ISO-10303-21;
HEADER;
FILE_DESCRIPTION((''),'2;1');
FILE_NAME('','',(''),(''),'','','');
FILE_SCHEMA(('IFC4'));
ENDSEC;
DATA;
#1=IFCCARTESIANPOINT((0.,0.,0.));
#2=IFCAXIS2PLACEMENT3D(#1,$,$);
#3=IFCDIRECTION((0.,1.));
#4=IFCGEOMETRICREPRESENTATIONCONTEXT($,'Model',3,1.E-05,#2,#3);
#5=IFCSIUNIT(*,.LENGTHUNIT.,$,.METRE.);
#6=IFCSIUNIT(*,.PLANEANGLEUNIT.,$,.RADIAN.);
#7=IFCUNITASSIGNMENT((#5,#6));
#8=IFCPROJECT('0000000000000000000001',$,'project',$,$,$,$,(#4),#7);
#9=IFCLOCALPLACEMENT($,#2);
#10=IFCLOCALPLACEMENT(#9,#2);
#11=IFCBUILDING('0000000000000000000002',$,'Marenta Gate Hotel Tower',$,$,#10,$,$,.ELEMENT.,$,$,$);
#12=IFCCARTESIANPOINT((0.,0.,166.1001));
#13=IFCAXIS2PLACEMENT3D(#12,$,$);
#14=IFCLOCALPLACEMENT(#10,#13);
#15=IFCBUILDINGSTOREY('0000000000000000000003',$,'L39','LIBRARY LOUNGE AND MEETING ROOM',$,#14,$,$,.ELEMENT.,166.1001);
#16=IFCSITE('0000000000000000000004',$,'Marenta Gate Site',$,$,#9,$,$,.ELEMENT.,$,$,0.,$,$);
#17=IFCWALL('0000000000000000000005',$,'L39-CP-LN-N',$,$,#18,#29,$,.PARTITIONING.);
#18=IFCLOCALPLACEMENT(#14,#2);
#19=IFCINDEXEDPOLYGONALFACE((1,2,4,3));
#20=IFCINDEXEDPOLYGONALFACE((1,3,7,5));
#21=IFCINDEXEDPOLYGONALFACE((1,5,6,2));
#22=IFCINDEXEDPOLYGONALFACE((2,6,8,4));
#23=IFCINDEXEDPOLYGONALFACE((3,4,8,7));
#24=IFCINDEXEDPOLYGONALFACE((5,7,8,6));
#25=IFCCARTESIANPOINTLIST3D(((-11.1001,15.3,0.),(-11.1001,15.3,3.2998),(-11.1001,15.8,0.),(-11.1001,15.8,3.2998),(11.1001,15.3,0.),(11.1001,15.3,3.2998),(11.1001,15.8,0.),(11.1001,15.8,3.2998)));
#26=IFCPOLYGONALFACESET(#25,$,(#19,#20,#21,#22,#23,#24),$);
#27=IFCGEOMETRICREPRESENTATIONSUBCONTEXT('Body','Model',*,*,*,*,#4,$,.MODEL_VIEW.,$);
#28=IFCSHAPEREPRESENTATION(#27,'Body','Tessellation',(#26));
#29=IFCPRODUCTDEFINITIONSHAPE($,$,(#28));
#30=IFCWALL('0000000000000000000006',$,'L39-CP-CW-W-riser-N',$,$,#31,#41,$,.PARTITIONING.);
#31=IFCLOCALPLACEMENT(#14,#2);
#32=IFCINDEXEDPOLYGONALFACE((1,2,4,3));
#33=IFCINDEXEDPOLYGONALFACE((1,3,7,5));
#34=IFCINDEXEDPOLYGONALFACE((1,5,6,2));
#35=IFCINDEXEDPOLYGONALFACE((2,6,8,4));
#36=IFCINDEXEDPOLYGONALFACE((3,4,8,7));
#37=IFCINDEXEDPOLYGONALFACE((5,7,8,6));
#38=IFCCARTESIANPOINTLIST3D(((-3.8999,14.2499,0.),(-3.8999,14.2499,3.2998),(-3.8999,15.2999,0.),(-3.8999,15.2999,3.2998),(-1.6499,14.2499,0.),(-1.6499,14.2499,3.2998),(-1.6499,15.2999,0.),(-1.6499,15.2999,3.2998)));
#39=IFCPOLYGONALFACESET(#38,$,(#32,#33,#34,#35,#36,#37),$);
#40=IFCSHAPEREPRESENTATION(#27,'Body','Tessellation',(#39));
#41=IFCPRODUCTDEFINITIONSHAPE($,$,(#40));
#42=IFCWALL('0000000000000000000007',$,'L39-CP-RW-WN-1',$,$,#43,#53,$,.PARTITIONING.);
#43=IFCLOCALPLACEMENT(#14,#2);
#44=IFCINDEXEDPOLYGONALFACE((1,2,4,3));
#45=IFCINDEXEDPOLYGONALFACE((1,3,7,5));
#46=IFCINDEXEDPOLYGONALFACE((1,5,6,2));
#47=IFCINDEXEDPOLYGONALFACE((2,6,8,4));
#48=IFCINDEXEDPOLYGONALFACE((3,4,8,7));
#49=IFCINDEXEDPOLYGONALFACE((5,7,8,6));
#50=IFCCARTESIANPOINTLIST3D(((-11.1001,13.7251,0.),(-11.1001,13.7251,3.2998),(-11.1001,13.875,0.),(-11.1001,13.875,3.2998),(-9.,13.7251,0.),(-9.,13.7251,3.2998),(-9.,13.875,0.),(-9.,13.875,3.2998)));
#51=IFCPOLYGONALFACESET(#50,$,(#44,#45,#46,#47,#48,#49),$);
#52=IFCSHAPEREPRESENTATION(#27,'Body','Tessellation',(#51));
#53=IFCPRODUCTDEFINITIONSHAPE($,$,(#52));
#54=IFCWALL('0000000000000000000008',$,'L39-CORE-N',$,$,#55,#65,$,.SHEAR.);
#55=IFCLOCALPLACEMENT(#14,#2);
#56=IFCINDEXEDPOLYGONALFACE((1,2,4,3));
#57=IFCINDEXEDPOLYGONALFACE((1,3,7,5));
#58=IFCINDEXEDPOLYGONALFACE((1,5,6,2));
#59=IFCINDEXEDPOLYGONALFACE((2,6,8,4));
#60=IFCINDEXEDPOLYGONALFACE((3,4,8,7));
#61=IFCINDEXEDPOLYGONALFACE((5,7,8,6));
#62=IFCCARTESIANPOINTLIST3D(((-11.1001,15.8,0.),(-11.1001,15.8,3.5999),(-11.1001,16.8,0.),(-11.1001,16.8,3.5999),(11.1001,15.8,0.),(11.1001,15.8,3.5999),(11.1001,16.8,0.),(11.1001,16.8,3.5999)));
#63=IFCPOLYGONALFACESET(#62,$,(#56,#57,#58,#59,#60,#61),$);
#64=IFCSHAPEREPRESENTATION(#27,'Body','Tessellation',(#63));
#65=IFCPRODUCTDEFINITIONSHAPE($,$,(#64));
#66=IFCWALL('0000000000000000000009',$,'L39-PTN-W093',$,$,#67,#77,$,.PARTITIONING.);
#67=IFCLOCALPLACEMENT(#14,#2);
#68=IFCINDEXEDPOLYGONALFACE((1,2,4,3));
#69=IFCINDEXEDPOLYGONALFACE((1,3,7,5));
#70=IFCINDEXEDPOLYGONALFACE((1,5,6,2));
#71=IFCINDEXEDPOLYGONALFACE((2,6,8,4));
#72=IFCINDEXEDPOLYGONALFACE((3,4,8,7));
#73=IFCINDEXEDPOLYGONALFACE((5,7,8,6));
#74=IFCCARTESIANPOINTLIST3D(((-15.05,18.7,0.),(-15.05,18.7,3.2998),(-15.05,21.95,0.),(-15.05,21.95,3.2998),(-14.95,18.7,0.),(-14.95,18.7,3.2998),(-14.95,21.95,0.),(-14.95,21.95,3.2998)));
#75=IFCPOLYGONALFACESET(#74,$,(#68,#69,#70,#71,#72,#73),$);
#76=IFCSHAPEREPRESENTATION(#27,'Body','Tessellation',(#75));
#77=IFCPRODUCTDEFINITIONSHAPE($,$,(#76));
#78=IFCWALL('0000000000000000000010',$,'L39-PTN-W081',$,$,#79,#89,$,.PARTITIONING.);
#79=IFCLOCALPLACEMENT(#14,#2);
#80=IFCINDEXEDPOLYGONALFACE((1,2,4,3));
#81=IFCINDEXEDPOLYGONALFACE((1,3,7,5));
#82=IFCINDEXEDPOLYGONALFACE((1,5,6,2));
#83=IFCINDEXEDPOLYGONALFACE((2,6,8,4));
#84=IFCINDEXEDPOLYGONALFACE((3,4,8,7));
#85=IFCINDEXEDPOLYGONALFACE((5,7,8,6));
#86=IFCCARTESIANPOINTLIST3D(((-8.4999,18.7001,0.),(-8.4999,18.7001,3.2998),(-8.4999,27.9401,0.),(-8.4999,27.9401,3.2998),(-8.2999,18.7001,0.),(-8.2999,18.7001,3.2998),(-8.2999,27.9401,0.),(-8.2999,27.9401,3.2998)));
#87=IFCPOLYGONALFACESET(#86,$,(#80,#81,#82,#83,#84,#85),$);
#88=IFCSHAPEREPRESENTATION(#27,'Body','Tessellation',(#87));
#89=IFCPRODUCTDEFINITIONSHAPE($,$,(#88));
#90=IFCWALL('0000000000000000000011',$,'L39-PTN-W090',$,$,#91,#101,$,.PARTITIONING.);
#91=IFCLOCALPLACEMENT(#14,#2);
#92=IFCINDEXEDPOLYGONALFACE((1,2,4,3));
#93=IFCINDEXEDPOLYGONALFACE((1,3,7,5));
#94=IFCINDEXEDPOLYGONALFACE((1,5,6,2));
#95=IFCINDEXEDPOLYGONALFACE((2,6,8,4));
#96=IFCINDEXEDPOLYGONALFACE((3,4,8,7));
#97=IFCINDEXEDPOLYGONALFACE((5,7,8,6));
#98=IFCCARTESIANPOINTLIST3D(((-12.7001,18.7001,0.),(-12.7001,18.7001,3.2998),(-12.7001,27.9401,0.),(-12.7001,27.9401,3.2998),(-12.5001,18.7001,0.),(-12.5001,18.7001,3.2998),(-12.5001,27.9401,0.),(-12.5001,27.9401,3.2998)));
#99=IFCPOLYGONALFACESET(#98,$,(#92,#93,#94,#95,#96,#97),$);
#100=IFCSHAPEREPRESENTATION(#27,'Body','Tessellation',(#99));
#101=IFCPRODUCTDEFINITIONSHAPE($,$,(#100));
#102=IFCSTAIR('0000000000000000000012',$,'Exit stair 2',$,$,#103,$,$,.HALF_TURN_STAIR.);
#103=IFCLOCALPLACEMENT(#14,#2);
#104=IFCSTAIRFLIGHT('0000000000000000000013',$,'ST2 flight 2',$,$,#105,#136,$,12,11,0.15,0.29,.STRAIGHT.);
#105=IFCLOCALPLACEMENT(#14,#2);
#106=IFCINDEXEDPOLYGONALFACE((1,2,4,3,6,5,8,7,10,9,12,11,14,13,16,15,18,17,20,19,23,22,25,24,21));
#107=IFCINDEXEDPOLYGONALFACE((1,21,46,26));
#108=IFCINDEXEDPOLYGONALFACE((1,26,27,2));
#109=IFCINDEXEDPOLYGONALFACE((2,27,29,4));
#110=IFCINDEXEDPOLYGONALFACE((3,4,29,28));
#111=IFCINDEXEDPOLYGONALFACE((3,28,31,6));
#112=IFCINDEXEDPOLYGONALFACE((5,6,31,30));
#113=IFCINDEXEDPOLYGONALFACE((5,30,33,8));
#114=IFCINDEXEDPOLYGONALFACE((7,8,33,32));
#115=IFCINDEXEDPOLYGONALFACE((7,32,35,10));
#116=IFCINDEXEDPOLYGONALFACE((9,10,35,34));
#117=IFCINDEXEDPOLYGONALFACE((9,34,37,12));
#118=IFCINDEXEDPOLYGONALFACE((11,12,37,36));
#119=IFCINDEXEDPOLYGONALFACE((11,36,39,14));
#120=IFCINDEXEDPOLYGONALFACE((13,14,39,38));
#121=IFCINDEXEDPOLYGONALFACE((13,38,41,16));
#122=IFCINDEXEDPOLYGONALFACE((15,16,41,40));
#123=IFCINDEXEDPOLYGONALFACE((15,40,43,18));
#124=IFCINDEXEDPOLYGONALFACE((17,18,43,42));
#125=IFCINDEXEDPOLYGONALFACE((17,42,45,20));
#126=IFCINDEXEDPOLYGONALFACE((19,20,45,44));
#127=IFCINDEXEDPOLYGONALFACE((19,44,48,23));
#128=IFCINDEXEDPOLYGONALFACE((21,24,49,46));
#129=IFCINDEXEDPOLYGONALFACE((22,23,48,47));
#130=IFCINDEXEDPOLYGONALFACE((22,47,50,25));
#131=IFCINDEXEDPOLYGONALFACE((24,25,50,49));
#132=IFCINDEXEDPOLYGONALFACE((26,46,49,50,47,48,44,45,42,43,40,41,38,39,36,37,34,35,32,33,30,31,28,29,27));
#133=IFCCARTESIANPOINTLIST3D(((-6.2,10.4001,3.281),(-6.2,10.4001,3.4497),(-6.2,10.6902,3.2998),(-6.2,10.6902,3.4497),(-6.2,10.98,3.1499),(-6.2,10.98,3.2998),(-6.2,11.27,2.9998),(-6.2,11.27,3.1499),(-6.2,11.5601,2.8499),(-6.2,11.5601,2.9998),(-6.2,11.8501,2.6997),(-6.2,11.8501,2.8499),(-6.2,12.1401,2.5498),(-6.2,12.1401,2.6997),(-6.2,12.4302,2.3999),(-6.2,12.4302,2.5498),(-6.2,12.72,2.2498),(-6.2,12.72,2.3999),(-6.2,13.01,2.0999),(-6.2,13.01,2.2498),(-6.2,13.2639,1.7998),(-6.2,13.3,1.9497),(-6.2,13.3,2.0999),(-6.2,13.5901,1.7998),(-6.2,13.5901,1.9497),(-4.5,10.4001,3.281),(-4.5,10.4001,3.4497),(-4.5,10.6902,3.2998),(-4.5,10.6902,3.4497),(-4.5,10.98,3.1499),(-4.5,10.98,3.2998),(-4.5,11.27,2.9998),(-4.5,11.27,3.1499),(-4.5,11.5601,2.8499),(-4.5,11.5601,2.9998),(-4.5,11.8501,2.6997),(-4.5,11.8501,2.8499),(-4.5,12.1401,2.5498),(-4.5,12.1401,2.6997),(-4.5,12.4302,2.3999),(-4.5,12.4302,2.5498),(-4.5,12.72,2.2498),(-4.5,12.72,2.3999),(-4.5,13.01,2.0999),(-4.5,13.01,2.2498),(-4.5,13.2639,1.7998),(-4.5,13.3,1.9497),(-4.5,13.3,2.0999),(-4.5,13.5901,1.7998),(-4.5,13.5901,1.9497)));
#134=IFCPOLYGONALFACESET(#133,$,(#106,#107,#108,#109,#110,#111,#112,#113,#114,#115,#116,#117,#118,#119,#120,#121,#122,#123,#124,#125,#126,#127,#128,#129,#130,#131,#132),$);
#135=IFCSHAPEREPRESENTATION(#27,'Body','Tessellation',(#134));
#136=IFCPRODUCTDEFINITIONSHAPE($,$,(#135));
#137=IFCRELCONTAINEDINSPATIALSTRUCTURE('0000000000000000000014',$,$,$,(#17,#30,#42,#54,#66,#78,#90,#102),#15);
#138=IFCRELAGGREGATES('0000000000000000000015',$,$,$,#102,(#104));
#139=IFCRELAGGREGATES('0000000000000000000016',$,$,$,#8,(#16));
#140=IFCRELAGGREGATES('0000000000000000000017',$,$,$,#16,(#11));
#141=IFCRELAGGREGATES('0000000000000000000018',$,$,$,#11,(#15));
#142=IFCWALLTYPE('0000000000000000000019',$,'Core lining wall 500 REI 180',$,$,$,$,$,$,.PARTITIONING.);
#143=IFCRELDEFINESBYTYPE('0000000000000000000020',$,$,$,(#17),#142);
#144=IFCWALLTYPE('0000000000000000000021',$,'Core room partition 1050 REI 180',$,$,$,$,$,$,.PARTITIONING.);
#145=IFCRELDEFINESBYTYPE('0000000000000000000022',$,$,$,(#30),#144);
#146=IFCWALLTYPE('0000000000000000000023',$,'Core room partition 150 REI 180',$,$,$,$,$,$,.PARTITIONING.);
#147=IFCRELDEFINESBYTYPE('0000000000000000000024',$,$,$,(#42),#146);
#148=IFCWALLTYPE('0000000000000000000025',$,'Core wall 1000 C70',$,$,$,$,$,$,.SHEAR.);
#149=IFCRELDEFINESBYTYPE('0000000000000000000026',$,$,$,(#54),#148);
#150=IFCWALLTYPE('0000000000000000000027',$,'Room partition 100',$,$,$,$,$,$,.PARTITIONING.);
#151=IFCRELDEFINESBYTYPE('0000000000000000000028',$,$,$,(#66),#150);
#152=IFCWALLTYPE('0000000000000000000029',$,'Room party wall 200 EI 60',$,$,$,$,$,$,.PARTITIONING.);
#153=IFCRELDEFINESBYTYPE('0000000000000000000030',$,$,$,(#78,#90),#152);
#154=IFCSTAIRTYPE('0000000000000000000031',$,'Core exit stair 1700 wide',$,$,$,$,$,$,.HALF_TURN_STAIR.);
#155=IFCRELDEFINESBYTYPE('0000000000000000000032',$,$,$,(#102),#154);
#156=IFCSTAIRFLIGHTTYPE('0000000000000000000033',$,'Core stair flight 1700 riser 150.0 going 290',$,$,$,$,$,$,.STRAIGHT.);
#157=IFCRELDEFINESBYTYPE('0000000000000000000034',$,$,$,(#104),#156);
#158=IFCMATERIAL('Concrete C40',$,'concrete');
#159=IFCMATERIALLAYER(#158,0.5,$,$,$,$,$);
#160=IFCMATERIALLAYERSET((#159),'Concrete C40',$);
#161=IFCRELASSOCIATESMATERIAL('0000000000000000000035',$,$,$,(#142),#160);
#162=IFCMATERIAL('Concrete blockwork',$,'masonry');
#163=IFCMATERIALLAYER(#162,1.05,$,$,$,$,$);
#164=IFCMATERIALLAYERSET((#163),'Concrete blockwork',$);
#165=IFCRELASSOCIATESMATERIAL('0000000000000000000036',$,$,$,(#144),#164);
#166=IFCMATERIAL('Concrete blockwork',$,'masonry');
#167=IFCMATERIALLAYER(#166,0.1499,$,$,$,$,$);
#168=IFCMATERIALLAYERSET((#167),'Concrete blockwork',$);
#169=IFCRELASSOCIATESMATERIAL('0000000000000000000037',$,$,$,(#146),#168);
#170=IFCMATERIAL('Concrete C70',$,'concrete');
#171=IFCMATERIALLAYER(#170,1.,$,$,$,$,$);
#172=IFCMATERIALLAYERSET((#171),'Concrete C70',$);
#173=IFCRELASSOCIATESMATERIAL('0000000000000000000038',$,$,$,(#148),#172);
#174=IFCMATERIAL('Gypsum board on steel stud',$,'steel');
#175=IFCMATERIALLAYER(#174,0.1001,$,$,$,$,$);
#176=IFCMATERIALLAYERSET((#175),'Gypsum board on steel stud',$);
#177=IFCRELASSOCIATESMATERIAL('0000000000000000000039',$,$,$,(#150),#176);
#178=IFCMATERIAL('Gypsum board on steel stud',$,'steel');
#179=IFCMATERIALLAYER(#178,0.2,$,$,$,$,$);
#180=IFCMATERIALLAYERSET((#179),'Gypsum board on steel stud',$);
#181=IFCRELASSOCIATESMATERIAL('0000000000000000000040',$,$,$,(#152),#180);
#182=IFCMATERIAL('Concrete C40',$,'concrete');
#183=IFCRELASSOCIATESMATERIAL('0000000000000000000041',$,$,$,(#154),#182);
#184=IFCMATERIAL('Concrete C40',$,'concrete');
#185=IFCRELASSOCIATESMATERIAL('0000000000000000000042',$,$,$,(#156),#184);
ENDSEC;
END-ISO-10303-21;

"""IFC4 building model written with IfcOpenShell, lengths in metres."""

from ifc_helpers import new_model, si_unit, direction, frame, frame_2d, origin, place, context, subcontext, project, spatial, polyline, rectangle, outline, extrude, material, layer, layer_set, type_object, element, aggregate, save


model = new_model("IFC4")

# Units and contexts
model_context = context("Model", 3, precision=1e-05, world=origin(), true_north=direction((0.0, 1.0)))
body_context = subcontext(model_context, "Body", "Model", "MODEL_VIEW")
ifc_project = project(units=[si_unit("LENGTHUNIT", "METRE"), si_unit("PLANEANGLEUNIT", "RADIAN")], contexts=[model_context])

# Site, building, storey
site_placement = place(None, origin())
site = spatial("IfcSite", under=ifc_project, at=site_placement, Name="Marenta Gate Site", CompositionType="ELEMENT", RefElevation=0.0)
building_placement = place(site_placement, origin())
building = spatial("IfcBuilding", under=site, at=building_placement, Name="Marenta Gate Hotel Tower", CompositionType="ELEMENT")
storey_placement = place(building_placement, frame((0.0, 0.0, 166.1001)))
storey = spatial("IfcBuildingStorey", under=building, at=storey_placement, Name="L39", Description="LIBRARY LOUNGE AND MEETING ROOM", CompositionType="ELEMENT", Elevation=166.1001)

# Walls
ifc_material_1 = material(Name="Concrete C40", Category="concrete")
ifc_layer_1 = layer(ifc_material_1, 0.5)
ifc_layer_set_1 = layer_set([ifc_layer_1], Name="Concrete C40")
wall_type_1 = type_object("IfcWallType", Name="Core lining wall 500 REI 180", PredefinedType="PARTITIONING", material=ifc_layer_set_1)
wall_1_placement = place(storey_placement, frame((-11.1001, 15.55, 0.0), z_axis=(0.0, 0.0, 1.0), x_axis=(1.0, 0.0, 0.0)))
element("IfcWall", 1, at=wall_1_placement, inside=storey, type_object=wall_type_1, Name="L39-CP-LN-N", PredefinedType="PARTITIONING", context=body_context, shape_type="SweptSolid", body=[
    extrude(rectangle(XDim=22.2002, YDim=0.5, at=frame_2d((11.1001, 0.0))), origin(), (0.0, 0.0, 1.0), 3.2998),
])
ifc_material_2 = material(Name="Concrete blockwork", Category="masonry")
ifc_layer_2 = layer(ifc_material_2, 1.05)
ifc_layer_set_2 = layer_set([ifc_layer_2], Name="Concrete blockwork")
wall_type_2 = type_object("IfcWallType", Name="Core room partition 1050 REI 180", PredefinedType="PARTITIONING", material=ifc_layer_set_2)
wall_2_placement = place(storey_placement, frame((-3.8999, 14.7749, 0.0), z_axis=(0.0, 0.0, 1.0), x_axis=(1.0, 0.0, 0.0)))
element("IfcWall", 2, at=wall_2_placement, inside=storey, type_object=wall_type_2, Name="L39-CP-CW-W-riser-N", PredefinedType="PARTITIONING", context=body_context, shape_type="SweptSolid", body=[
    extrude(rectangle(XDim=2.25, YDim=1.05, at=frame_2d((1.125, 0.0))), origin(), (0.0, 0.0, 1.0), 3.2998),
])
ifc_material_3 = material(Name="Concrete blockwork", Category="masonry")
ifc_layer_3 = layer(ifc_material_3, 0.1499)
ifc_layer_set_3 = layer_set([ifc_layer_3], Name="Concrete blockwork")
wall_type_3 = type_object("IfcWallType", Name="Core room partition 150 REI 180", PredefinedType="PARTITIONING", material=ifc_layer_set_3)
wall_3_placement = place(storey_placement, frame((-11.1001, 13.8, 0.0), z_axis=(0.0, 0.0, 1.0), x_axis=(1.0, 0.0, 0.0)))
element("IfcWall", 3, at=wall_3_placement, inside=storey, type_object=wall_type_3, Name="L39-CP-RW-WN-1", PredefinedType="PARTITIONING", context=body_context, shape_type="SweptSolid", body=[
    extrude(rectangle(XDim=2.1001, YDim=0.1499, at=frame_2d((1.05, 0.0))), origin(), (0.0, 0.0, 1.0), 3.2998),
])
ifc_material_4 = material(Name="Concrete C70", Category="concrete")
ifc_layer_4 = layer(ifc_material_4, 1.0)
ifc_layer_set_4 = layer_set([ifc_layer_4], Name="Concrete C70")
wall_type_4 = type_object("IfcWallType", Name="Core wall 1000 C70", PredefinedType="SHEAR", material=ifc_layer_set_4)
wall_4_placement = place(storey_placement, frame((-11.1001, 16.3, 0.0), z_axis=(0.0, 0.0, 1.0), x_axis=(1.0, 0.0, 0.0)))
element("IfcWall", 4, at=wall_4_placement, inside=storey, type_object=wall_type_4, Name="L39-CORE-N", PredefinedType="SHEAR", context=body_context, shape_type="SweptSolid", body=[
    extrude(rectangle(XDim=22.2002, YDim=1.0, at=frame_2d((11.1001, 0.0))), origin(), (0.0, 0.0, 1.0), 3.5999),
])
ifc_material_5 = material(Name="Gypsum board on steel stud", Category="steel")
ifc_layer_5 = layer(ifc_material_5, 0.1001)
ifc_layer_set_5 = layer_set([ifc_layer_5], Name="Gypsum board on steel stud")
wall_type_5 = type_object("IfcWallType", Name="Room partition 100", PredefinedType="PARTITIONING", material=ifc_layer_set_5)
wall_5_placement = place(storey_placement, frame((-15.0, 18.7, 0.0), z_axis=(0.0, 0.0, 1.0), x_axis=(0.0, 1.0, 0.0)))
element("IfcWall", 5, at=wall_5_placement, inside=storey, type_object=wall_type_5, Name="L39-PTN-W093", PredefinedType="PARTITIONING", context=body_context, shape_type="SweptSolid", body=[
    extrude(rectangle(XDim=3.25, YDim=0.1001, at=frame_2d((1.625, 0.0))), origin(), (0.0, 0.0, 1.0), 3.2998),
])
ifc_material_6 = material(Name="Gypsum board on steel stud", Category="steel")
ifc_layer_6 = layer(ifc_material_6, 0.2)
ifc_layer_set_6 = layer_set([ifc_layer_6], Name="Gypsum board on steel stud")
wall_type_6 = type_object("IfcWallType", Name="Room party wall 200 EI 60", PredefinedType="PARTITIONING", material=ifc_layer_set_6)
for number, where, z_axis, x_axis, name in (
    (6, (-8.3999, 18.7, 0.0), (0.0, 0.0, 1.0), (0.0, 1.0, 0.0), "L39-PTN-W081"),
    (7, (-12.6001, 18.7, 0.0), (0.0, 0.0, 1.0), (0.0, 1.0, 0.0), "L39-PTN-W090"),
):
    element("IfcWall", number, at=place(storey_placement, frame(where, z_axis=z_axis, x_axis=x_axis)), inside=storey, type_object=wall_type_6, Name=name, PredefinedType="PARTITIONING", context=body_context, shape_type="SweptSolid", body=[
        extrude(rectangle(XDim=9.24, YDim=0.2, at=frame_2d((4.6201, 0.0))), origin(), (0.0, 0.0, 1.0), 3.2998),
    ])

# Stair, stair flight
ifc_material_7 = material(Name="Concrete C40", Category="concrete")
stair_type = type_object("IfcStairType", Name="Core exit stair 1700 wide", PredefinedType="HALF_TURN_STAIR", material=ifc_material_7)
stair_placement = place(storey_placement, origin())
stair = element("IfcStair", 8, at=stair_placement, inside=storey, type_object=stair_type, Name="Exit stair 2", PredefinedType="HALF_TURN_STAIR")
ifc_material_8 = material(Name="Concrete C40", Category="concrete")
stair_flight_type = type_object("IfcStairFlightType", Name="Core stair flight 1700 riser 150.0 going 290", PredefinedType="STRAIGHT", material=ifc_material_8)
stair_flight_placement = place(storey_placement, frame((-5.3501, 13.5901, 1.7998), z_axis=(0.0, 0.0, 1.0), x_axis=(0.0, -1.0, 0.0)))
stair_flight = element("IfcStairFlight", 9, at=stair_flight_placement, type_object=stair_flight_type, Name="ST2 flight 2", NumberOfRisers=12, NumberOfTreads=11, PredefinedType="STRAIGHT", RiserHeight=0.15, TreadLength=0.29, context=body_context, shape_type="SweptSolid", body=[
    extrude(outline(polyline([(0.0, 0.0), (0.0, 0.1499), (0.29, 0.1499), (0.29, 0.3), (0.5801, 0.3), (0.5801, 0.45), (0.8701, 0.45), (0.8701, 0.6001), (1.1599, 0.6001), (1.1599, 0.75), (1.45, 0.75), (1.45, 0.8999), (1.74, 0.8999), (1.74, 1.05), (2.03, 1.05), (2.03, 1.2), (2.3201, 1.2), (2.3201, 1.3501), (2.6101, 1.3501), (2.6101, 1.5), (2.8999, 1.5), (2.8999, 1.6499), (3.1899, 1.6499), (3.1899, 1.8), (3.1899, 1.4812), (0.3262, 0.0), (0.0, 0.0)])), frame((0.0, 0.8501, 0.0), z_axis=(0.0, -1.0, 0.0), x_axis=(1.0, 0.0, 0.0)), (0.0, 0.0, 1.0), 1.7),
])
aggregate(stair, [stair_flight])

save(model, "model.ifc")
